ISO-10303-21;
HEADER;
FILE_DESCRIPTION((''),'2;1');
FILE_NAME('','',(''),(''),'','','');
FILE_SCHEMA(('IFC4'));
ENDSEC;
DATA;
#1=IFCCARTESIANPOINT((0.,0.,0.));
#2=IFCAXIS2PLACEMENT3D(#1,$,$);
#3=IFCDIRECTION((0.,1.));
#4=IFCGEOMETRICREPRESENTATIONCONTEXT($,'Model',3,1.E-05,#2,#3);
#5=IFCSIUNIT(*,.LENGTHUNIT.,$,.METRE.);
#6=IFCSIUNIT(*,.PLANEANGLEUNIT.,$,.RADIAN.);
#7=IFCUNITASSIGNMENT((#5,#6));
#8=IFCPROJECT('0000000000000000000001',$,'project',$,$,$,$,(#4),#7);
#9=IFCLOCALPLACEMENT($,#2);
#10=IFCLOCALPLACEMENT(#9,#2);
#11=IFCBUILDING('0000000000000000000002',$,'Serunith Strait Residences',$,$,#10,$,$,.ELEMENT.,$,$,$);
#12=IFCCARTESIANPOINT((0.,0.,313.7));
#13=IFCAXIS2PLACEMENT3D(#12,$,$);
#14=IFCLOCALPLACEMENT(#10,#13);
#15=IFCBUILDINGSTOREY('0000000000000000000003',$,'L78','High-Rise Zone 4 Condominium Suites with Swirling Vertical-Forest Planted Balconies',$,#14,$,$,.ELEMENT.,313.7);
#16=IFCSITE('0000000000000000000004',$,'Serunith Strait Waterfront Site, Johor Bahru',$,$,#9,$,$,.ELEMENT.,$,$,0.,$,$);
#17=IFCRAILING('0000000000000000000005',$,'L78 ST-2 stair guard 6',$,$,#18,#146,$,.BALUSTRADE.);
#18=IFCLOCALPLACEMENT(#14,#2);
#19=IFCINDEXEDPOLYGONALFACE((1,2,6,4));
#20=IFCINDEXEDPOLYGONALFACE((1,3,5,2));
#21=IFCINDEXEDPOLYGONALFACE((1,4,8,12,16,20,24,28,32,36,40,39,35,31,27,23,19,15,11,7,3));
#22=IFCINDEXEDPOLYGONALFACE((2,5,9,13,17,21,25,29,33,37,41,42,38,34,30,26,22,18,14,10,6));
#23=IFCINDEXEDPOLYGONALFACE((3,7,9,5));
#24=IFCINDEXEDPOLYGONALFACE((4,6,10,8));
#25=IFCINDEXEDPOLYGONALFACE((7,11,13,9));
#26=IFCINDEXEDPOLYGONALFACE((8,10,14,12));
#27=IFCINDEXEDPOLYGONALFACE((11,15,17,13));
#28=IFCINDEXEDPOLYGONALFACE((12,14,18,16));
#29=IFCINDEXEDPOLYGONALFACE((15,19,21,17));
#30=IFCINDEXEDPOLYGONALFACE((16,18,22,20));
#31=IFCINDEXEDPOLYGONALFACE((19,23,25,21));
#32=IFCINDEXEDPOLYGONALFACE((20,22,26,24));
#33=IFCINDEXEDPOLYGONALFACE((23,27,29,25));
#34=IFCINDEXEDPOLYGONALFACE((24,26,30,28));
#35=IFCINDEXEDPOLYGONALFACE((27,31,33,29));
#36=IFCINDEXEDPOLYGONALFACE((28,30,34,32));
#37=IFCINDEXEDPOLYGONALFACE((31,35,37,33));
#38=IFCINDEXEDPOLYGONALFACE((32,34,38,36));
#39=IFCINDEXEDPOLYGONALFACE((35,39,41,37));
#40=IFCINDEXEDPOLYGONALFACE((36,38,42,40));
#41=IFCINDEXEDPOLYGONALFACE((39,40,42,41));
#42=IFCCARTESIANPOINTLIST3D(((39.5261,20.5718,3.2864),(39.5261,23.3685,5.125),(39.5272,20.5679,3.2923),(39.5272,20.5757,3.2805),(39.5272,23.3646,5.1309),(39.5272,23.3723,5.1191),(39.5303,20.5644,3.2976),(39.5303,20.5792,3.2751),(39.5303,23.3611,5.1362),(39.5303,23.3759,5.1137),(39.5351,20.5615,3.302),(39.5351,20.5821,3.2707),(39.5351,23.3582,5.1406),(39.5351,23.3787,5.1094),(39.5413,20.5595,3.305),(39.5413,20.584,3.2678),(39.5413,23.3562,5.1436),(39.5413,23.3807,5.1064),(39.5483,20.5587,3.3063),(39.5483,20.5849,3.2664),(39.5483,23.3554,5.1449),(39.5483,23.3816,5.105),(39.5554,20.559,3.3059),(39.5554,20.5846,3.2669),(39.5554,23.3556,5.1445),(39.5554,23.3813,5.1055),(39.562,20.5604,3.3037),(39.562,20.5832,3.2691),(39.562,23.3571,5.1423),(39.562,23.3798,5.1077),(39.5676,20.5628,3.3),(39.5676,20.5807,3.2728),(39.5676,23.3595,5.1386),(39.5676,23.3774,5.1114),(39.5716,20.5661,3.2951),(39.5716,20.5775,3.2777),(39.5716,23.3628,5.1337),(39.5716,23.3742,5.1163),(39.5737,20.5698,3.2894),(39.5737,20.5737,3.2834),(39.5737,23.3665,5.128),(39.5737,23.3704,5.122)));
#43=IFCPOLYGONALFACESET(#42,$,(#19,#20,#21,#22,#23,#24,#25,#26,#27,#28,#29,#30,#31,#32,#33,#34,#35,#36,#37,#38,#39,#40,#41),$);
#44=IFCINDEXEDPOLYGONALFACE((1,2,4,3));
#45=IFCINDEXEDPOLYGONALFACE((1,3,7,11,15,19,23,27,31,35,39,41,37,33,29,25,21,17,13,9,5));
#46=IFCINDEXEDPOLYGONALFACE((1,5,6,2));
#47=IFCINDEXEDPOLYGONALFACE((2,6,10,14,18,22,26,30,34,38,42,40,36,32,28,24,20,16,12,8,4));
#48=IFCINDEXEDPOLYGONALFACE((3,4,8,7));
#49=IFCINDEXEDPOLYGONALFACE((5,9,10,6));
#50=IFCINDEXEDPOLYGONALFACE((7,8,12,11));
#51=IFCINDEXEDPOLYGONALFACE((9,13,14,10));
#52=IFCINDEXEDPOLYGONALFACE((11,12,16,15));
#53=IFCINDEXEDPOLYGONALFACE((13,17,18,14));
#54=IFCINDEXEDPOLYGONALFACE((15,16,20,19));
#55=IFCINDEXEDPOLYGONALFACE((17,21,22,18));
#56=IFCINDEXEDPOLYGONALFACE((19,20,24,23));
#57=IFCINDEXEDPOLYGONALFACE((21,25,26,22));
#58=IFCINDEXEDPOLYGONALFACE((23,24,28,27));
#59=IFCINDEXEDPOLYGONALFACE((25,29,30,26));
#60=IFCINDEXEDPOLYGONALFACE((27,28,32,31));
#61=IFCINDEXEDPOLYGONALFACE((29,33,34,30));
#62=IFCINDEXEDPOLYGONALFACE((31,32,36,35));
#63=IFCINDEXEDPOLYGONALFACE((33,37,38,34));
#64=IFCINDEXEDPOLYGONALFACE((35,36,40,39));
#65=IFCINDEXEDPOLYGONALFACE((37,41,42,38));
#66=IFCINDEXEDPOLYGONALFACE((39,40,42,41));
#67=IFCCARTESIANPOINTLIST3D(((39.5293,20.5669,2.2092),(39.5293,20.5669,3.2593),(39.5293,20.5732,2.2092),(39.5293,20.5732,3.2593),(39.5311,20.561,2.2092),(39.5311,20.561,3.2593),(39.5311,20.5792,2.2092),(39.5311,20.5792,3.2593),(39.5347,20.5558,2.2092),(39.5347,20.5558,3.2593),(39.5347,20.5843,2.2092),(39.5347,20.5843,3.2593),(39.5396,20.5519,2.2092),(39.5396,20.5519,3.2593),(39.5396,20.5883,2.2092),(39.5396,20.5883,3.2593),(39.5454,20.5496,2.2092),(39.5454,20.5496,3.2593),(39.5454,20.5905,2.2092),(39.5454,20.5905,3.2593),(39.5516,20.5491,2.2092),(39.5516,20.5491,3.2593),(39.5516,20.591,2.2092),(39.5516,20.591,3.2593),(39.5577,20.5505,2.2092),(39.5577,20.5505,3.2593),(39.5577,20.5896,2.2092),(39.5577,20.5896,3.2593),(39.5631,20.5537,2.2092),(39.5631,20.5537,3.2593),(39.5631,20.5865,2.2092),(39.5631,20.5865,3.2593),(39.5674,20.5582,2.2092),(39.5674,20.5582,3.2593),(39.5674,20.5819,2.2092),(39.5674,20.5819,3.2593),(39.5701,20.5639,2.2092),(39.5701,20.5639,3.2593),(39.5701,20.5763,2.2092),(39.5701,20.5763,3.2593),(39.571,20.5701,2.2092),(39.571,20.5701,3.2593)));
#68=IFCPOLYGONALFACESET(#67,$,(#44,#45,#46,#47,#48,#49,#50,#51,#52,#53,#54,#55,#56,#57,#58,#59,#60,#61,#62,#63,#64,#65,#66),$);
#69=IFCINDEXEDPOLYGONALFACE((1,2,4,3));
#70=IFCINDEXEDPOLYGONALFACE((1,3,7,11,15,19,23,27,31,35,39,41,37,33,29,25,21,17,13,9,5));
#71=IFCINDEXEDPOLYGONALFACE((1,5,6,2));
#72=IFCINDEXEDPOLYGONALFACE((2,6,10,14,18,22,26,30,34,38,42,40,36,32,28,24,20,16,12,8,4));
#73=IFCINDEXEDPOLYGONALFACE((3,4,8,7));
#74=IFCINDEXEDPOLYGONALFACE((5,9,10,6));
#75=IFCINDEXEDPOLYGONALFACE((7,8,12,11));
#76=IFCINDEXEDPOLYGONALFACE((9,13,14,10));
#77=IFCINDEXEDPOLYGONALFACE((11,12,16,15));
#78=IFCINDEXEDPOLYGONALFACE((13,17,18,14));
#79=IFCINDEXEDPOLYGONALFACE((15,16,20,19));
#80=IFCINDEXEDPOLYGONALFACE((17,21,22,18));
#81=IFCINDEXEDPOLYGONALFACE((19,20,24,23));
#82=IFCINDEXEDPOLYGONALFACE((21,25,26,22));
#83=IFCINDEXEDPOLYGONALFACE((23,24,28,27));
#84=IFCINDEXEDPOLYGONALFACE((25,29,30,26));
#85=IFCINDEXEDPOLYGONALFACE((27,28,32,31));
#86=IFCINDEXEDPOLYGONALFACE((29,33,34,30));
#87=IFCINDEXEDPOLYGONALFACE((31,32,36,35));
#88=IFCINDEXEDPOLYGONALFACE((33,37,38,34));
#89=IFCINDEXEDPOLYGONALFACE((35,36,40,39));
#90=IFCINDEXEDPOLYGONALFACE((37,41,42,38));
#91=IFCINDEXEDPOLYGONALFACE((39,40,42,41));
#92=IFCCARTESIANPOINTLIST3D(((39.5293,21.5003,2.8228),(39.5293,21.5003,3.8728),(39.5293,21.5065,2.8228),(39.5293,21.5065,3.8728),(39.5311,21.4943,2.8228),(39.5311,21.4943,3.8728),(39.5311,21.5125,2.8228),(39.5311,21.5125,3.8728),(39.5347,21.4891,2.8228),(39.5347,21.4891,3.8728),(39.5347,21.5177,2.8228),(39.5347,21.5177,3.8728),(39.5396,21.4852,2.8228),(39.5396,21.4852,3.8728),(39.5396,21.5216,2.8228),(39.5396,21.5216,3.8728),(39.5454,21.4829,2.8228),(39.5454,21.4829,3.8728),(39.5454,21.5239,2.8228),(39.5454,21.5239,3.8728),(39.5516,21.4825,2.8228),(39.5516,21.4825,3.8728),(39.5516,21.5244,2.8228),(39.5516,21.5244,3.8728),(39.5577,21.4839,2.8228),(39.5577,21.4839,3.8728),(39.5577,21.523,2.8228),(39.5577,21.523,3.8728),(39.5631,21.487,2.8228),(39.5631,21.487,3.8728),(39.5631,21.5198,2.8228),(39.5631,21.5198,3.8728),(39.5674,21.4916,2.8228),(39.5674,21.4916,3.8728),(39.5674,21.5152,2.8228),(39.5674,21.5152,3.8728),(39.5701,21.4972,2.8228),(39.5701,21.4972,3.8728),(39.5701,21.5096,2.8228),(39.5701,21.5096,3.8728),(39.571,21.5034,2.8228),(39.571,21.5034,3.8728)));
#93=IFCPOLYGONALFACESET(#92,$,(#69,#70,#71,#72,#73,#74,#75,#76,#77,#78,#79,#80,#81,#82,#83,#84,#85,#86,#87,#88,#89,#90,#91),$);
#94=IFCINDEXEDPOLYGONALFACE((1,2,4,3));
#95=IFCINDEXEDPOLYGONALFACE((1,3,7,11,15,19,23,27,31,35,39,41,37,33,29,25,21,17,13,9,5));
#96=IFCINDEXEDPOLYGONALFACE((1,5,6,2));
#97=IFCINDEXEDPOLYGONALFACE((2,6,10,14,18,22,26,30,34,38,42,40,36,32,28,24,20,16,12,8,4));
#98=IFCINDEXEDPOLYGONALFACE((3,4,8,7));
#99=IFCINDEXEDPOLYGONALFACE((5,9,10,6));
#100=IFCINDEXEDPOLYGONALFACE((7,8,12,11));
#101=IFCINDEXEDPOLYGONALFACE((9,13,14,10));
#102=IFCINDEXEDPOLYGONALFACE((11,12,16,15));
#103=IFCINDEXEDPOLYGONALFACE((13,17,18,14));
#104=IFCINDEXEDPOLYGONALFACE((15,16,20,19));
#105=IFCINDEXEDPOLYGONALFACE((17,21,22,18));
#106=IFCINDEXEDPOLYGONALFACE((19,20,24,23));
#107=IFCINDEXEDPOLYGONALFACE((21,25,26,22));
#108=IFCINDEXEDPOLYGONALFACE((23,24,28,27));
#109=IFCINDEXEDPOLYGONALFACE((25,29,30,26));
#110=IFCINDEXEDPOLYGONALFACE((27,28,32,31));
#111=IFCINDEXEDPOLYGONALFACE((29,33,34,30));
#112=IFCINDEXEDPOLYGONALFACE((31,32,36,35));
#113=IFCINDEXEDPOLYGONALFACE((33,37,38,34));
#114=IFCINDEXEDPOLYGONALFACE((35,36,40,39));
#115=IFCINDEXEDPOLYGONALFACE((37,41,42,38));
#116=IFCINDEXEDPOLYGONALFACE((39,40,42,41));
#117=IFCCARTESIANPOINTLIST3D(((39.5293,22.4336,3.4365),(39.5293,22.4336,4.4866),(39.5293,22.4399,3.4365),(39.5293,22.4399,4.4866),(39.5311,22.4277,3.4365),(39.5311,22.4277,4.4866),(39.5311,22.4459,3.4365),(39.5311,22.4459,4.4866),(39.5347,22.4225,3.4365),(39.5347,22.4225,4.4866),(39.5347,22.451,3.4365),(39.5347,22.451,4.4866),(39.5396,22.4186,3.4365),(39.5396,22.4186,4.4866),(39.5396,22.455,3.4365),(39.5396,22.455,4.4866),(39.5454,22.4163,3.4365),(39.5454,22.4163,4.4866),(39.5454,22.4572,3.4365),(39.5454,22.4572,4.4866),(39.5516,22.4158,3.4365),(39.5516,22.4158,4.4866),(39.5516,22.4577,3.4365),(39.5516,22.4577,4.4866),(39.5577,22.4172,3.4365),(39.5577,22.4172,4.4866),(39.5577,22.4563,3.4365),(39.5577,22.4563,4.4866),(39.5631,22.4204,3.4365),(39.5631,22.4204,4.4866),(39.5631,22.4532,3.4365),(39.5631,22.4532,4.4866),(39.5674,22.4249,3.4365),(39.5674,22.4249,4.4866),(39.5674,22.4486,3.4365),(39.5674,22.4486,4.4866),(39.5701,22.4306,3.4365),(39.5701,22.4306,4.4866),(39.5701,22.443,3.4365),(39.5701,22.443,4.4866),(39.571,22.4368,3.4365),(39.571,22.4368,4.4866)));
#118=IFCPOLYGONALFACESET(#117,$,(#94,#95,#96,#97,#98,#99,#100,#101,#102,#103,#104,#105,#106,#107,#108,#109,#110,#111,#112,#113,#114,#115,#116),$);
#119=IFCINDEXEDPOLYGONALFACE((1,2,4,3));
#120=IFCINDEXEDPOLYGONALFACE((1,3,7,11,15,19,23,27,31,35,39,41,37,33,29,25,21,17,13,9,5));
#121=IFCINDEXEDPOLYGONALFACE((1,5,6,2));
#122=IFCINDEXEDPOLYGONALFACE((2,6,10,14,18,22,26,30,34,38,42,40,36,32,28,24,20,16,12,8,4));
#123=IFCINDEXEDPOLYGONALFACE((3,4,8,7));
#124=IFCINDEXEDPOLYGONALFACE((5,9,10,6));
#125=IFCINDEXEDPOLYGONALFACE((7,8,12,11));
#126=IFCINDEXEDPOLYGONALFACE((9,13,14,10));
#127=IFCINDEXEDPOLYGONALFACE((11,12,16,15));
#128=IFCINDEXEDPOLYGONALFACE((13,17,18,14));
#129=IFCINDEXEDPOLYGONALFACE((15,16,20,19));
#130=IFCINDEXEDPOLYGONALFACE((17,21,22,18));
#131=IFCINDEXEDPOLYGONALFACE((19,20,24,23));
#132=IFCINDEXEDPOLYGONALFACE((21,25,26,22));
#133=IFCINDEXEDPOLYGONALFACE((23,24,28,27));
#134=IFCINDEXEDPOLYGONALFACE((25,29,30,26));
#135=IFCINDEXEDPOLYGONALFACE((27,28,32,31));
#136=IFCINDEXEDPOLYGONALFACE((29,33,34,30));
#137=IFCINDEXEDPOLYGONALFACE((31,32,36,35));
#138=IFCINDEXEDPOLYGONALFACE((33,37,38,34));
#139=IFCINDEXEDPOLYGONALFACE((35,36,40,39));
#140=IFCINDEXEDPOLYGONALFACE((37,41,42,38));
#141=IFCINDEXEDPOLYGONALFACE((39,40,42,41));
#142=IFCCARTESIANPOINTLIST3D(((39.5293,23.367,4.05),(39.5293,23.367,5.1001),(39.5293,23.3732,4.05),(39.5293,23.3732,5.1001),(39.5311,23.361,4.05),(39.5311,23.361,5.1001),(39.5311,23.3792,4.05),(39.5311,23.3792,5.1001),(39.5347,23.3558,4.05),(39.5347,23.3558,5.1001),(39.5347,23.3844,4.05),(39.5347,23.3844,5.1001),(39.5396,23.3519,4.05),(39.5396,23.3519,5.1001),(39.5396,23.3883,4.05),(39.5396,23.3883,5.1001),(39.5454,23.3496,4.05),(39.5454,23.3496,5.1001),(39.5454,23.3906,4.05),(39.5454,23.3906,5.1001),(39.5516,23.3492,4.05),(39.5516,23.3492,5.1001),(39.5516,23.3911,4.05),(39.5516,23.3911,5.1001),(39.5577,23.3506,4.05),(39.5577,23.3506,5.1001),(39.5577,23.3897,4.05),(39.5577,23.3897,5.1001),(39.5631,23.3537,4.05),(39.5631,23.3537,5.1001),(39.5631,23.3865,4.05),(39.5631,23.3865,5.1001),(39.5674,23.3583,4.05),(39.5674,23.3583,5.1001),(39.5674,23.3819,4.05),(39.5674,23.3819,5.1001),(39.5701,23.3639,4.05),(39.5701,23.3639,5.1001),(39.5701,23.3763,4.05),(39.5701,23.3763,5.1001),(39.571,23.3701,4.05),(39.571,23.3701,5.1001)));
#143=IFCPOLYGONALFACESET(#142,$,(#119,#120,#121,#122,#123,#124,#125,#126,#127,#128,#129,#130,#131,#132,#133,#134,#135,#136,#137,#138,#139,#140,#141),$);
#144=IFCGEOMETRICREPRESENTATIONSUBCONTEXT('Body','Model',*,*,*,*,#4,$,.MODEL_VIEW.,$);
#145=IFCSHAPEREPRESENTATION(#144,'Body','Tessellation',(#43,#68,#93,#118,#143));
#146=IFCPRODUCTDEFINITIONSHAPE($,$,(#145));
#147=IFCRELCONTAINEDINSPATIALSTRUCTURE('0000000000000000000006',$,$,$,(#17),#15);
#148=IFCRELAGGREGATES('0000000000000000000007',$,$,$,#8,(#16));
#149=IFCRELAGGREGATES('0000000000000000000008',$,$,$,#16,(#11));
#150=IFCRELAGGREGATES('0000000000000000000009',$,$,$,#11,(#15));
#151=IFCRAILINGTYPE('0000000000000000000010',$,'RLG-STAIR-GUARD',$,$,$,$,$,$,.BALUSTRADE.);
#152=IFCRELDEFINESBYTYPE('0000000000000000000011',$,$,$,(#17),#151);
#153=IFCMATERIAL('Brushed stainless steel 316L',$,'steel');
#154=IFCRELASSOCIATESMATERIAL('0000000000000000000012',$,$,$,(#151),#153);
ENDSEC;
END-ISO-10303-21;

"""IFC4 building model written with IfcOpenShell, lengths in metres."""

from ifc_helpers import new_model, si_unit, direction, frame, origin, origin_2d, place, context, subcontext, project, spatial, circle, extrude, material, type_object, element, save


model = new_model("IFC4")

# Units and contexts
model_context = context("Model", 3, precision=1e-05, world=origin(), true_north=direction((0.0, 1.0)))
body_context = subcontext(model_context, "Body", "Model", "MODEL_VIEW")
ifc_project = project(units=[si_unit("LENGTHUNIT", "METRE"), si_unit("PLANEANGLEUNIT", "RADIAN")], contexts=[model_context])

# Site, building, storey
site_placement = place(None, origin())
site = spatial("IfcSite", under=ifc_project, at=site_placement, Name="Serunith Strait Waterfront Site, Johor Bahru", CompositionType="ELEMENT", RefElevation=0.0)
building_placement = place(site_placement, origin())
building = spatial("IfcBuilding", under=site, at=building_placement, Name="Serunith Strait Residences", CompositionType="ELEMENT")
storey_placement = place(building_placement, frame((0.0, 0.0, 313.7)))
storey = spatial("IfcBuildingStorey", under=building, at=storey_placement, Name="L78", Description="High-Rise Zone 4 Condominium Suites with Swirling Vertical-Forest Planted Balconies", CompositionType="ELEMENT", Elevation=313.7)

# Railing
ifc_material_1 = material(Name="Brushed stainless steel 316L", Category="steel")
railing_type_1 = type_object("IfcRailingType", Name="RLG-STAIR-GUARD", PredefinedType="BALUSTRADE", material=ifc_material_1)
railing_1_placement = place(storey_placement, frame((39.55, 20.5701, 2.2092)))
element("IfcRailing", 1, at=railing_1_placement, inside=storey, type_object=railing_type_1, Name="L78 ST-2 stair guard 6", PredefinedType="BALUSTRADE", context=body_context, shape_type="SweptSolid", body=[
    extrude(circle(Radius=0.0239, at=origin_2d()), frame((0.0, 0.0017, 1.0771), z_axis=(0.0, 0.835598, 0.549342), x_axis=(-1.0, 0.0, 0.0)), (0.0, 0.0, 1.0), 3.3469),
    extrude(circle(Radius=0.021, at=origin_2d()), origin(), (0.0, 0.0, 1.0), 1.05),
    extrude(circle(Radius=0.021, at=origin_2d()), frame((0.0, 0.9333, 0.6135)), (0.0, 0.0, 1.0), 1.05),
    extrude(circle(Radius=0.021, at=origin_2d()), frame((0.0, 1.8667, 1.2273)), (0.0, 0.0, 1.0), 1.05),
    extrude(circle(Radius=0.021, at=origin_2d()), frame((0.0, 2.8, 1.8408)), (0.0, 0.0, 1.0), 1.05),
])

save(model, "model.ifc")
